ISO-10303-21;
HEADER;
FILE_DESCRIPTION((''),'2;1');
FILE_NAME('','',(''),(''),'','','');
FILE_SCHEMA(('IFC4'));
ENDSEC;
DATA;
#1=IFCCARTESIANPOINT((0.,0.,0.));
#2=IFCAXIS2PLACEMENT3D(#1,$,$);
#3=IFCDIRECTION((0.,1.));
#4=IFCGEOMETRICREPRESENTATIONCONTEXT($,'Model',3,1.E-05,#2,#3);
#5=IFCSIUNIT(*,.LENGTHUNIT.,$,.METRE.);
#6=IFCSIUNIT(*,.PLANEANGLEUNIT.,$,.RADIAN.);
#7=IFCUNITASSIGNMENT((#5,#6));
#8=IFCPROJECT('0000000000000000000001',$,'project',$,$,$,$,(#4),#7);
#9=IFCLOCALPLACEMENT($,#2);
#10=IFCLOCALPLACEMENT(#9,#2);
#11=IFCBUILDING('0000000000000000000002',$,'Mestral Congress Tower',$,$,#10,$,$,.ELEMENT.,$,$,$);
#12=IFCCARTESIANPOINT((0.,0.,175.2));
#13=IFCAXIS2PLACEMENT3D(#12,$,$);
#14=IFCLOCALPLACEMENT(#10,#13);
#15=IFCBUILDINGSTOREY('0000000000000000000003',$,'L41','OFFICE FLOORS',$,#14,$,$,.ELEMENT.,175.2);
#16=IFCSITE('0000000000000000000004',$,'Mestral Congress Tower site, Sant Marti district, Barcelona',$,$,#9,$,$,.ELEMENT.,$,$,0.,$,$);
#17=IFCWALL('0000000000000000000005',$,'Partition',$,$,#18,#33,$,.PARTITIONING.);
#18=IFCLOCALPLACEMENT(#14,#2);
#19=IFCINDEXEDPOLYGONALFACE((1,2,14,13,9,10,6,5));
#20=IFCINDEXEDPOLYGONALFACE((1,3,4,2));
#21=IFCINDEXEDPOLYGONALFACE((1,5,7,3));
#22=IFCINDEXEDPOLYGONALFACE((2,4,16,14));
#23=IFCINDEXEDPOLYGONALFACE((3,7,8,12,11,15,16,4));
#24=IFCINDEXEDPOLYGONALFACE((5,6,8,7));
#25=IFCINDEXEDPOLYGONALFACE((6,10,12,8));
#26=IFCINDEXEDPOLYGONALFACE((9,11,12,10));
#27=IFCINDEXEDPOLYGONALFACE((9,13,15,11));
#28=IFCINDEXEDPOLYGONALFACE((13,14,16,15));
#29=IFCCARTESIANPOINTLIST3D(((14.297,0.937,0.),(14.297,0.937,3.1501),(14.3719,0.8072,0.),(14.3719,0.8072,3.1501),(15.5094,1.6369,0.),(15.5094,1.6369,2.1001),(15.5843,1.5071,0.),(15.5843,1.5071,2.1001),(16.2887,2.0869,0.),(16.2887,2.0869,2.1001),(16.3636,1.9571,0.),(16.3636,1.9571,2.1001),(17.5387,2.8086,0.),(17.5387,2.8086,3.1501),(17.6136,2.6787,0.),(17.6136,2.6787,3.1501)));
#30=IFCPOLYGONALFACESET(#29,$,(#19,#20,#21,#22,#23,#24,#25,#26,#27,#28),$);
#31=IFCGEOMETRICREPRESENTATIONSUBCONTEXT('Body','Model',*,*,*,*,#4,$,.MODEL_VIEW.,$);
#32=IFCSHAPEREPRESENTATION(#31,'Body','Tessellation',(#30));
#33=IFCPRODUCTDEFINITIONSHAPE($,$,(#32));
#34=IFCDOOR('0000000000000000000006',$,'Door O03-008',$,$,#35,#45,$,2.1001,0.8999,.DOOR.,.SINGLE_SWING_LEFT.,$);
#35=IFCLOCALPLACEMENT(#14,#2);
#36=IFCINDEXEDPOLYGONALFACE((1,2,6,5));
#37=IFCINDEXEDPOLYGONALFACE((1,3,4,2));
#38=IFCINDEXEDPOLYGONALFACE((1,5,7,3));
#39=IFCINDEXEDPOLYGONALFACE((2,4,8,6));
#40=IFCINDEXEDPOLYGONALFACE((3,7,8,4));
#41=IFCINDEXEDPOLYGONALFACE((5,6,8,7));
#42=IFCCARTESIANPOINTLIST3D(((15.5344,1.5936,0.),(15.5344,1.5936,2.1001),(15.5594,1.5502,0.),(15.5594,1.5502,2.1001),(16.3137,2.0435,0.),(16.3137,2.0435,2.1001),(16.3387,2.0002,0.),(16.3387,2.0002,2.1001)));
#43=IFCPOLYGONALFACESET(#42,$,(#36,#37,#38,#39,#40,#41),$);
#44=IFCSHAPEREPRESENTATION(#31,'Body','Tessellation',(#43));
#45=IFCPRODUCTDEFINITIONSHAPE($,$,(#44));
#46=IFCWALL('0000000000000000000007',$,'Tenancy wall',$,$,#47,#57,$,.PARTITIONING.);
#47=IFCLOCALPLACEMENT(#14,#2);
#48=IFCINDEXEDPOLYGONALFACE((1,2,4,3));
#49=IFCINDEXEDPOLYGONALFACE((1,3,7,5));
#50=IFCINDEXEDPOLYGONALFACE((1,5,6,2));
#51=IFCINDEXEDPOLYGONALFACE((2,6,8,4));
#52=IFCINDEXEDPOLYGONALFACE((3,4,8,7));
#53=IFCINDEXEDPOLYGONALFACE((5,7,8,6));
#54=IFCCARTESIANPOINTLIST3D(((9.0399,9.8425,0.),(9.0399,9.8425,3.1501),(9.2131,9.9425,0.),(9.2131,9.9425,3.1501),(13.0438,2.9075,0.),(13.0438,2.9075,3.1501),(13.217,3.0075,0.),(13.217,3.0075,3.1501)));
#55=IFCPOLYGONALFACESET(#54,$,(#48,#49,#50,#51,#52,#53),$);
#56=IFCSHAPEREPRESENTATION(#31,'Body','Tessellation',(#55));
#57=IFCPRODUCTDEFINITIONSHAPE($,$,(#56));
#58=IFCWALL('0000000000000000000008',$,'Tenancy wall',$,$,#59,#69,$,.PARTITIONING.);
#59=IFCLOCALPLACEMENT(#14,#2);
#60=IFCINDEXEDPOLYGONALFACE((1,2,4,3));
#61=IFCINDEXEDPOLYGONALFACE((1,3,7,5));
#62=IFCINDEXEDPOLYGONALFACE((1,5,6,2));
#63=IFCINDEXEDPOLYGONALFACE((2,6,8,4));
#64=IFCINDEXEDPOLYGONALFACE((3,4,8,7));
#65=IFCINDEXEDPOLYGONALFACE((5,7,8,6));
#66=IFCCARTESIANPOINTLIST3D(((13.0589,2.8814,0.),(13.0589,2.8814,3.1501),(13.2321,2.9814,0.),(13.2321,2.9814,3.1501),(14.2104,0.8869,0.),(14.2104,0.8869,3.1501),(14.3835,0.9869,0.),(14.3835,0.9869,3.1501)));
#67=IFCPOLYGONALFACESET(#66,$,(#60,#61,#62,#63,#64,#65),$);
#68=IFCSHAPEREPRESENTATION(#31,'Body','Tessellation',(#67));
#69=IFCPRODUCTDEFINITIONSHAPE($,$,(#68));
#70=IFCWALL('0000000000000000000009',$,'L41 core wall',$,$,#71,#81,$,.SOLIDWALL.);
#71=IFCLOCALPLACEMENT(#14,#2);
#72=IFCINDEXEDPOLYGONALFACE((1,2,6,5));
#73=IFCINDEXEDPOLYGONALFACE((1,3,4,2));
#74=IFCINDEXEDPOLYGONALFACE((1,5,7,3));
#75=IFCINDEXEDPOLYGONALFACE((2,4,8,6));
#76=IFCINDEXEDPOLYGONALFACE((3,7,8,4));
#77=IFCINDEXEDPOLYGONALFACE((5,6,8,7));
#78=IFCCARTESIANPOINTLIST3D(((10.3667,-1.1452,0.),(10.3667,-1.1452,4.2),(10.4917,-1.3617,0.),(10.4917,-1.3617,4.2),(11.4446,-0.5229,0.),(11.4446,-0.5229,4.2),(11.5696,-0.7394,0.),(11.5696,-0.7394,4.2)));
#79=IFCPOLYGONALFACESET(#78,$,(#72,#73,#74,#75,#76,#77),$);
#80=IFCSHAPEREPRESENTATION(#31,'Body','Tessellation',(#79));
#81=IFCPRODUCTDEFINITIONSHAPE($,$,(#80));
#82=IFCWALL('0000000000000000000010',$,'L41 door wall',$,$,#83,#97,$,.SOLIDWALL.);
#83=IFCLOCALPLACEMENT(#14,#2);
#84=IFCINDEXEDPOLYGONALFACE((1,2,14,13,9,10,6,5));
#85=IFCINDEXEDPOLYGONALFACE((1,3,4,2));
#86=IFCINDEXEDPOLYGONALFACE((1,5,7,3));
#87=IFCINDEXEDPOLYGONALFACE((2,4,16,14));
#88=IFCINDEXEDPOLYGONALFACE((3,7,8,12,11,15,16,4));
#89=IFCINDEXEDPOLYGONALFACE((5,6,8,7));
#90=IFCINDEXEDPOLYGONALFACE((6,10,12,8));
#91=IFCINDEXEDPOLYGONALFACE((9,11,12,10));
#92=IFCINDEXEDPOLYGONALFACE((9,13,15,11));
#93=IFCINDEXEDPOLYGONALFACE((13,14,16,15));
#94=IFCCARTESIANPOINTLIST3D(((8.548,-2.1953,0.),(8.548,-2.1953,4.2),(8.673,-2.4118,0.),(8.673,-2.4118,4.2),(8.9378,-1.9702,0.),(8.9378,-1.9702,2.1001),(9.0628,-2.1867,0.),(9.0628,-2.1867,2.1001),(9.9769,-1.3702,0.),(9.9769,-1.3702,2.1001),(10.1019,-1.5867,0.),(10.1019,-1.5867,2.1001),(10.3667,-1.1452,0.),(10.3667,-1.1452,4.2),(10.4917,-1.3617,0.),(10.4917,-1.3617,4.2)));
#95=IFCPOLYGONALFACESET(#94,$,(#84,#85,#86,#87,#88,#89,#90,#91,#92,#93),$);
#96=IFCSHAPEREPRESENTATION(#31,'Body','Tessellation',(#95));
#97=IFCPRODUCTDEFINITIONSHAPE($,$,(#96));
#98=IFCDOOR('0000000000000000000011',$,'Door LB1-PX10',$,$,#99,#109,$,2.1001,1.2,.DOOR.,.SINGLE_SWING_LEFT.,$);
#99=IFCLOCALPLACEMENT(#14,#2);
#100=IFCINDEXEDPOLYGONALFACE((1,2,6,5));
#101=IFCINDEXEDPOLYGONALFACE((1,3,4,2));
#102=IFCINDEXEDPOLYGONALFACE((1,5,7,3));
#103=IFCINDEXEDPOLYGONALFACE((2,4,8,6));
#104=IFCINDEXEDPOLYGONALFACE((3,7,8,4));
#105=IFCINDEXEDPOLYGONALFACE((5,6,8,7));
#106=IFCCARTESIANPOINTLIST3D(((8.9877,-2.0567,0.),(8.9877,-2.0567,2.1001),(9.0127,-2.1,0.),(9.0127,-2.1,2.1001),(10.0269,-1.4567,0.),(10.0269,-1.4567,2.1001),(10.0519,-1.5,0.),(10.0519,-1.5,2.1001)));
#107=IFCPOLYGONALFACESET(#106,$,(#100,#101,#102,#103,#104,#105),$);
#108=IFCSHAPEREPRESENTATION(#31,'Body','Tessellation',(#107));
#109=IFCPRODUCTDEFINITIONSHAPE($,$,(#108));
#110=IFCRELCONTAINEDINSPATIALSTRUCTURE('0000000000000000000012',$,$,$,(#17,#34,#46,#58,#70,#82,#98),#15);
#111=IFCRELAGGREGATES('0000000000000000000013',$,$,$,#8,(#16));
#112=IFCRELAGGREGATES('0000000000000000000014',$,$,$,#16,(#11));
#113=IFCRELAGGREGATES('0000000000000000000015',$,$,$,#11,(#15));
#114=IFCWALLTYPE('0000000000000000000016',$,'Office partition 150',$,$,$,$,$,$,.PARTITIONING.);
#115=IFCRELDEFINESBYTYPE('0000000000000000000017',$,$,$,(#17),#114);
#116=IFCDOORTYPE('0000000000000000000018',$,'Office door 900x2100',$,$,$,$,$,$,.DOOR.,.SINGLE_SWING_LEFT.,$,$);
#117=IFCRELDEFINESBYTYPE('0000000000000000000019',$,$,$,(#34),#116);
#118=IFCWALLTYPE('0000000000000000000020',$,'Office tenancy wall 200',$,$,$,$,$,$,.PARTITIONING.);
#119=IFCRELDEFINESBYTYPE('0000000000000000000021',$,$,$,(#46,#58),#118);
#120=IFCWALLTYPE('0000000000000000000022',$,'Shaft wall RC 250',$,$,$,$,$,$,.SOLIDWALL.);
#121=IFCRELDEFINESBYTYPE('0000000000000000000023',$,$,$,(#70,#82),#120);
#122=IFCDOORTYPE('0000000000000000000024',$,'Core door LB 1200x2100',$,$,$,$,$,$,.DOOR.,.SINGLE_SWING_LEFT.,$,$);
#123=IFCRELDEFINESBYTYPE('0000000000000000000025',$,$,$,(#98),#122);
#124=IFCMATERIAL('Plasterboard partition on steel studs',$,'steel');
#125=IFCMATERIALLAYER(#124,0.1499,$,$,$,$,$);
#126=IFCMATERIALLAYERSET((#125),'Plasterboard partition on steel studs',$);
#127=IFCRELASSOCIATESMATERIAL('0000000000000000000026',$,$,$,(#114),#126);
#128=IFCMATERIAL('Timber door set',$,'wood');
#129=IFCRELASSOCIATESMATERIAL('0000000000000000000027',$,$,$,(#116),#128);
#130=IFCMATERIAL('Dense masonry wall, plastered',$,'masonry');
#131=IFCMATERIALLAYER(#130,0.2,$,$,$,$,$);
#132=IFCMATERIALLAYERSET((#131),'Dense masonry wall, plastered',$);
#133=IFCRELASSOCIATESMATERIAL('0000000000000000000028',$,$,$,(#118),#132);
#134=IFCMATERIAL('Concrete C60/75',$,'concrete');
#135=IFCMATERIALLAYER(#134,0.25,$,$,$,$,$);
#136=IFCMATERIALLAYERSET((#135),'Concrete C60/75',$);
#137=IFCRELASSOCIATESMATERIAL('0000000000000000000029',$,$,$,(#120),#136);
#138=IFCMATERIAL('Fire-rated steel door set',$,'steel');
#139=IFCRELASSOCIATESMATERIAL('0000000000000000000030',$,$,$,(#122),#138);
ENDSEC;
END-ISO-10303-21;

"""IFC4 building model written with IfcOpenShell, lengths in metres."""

from ifc_helpers import new_model, si_unit, direction, frame, frame_2d, origin, place, context, subcontext, project, spatial, rectangle, extrude, material, layer, layer_set, type_object, element, fill, save


model = new_model("IFC4")

# Units and contexts
model_context = context("Model", 3, precision=1e-05, world=origin(), true_north=direction((0.0, 1.0)))
body_context = subcontext(model_context, "Body", "Model", "MODEL_VIEW")
ifc_project = project(units=[si_unit("LENGTHUNIT", "METRE"), si_unit("PLANEANGLEUNIT", "RADIAN")], contexts=[model_context])

# Site, building, storey
site_placement = place(None, origin())
site = spatial("IfcSite", under=ifc_project, at=site_placement, Name="Mestral Congress Tower site, Sant Marti district, Barcelona", CompositionType="ELEMENT", RefElevation=0.0)
building_placement = place(site_placement, origin())
building = spatial("IfcBuilding", under=site, at=building_placement, Name="Mestral Congress Tower", CompositionType="ELEMENT")
storey_placement = place(building_placement, frame((0.0, 0.0, 175.2)))
storey = spatial("IfcBuildingStorey", under=building, at=storey_placement, Name="L41", Description="OFFICE FLOORS", CompositionType="ELEMENT", Elevation=175.2)

# Shared definitions
ifc_material_1 = material(Name="Concrete C60/75", Category="concrete")

# Shared definitions
ifc_material_2 = material(Name="Fire-rated steel door set", Category="steel")

# Shared definitions
ifc_material_3 = material(Name="Plasterboard partition on steel studs", Category="steel")
ifc_layer_1 = layer(ifc_material_3, 0.1499)
ifc_layer_set_1 = layer_set([ifc_layer_1], Name="Plasterboard partition on steel studs")
wall_type_1 = type_object("IfcWallType", Name="Office partition 150", PredefinedType="PARTITIONING", material=ifc_layer_set_1)
ifc_material_4 = material(Name="Timber door set", Category="wood")
door_type_1 = type_object("IfcDoorType", Name="Office door 900x2100", OperationType="SINGLE_SWING_LEFT", PredefinedType="DOOR", material=ifc_material_4)

# Wall, opening, door
wall_1_placement = place(storey_placement, frame((14.3345, 0.8721, 0.0), z_axis=(0.0, 0.0, 1.0), x_axis=(0.866027, 0.499997, 0.0)))
wall_1 = element("IfcWall", 1, at=wall_1_placement, inside=storey, type_object=wall_type_1, Name="Partition", PredefinedType="PARTITIONING", context=body_context, shape_type="SweptSolid", body=[
    extrude(rectangle(XDim=3.7432, YDim=0.1499, at=frame_2d((1.8716, 0.0))), origin(), (0.0, 0.0, 1.0), 3.1501),
])
opening_1_placement = place(wall_1_placement, frame((1.3999, 0.0, 0.0)))
opening_1 = element("IfcOpeningElement", 2, at=opening_1_placement, cuts=wall_1, PredefinedType="OPENING", context=body_context, shape_type="SweptSolid", body=[
    extrude(rectangle(XDim=0.8999, YDim=2.1001, at=frame_2d((0.45, 1.05))), frame((0.0, 0.085, 0.0), z_axis=(0.0, -1.0, 0.0), x_axis=(1.0, 0.0, 0.0)), (0.0, 0.0, 1.0), 0.1699),
])
door_1_placement = place(opening_1_placement, origin())
door_1 = element("IfcDoor", 3, at=door_1_placement, inside=storey, type_object=door_type_1, Name="Door O03-008", OperationType="SINGLE_SWING_LEFT", OverallHeight=2.1001, OverallWidth=0.8999, PredefinedType="DOOR", context=body_context, shape_type="SweptSolid", body=[
    extrude(rectangle(XDim=0.8999, YDim=2.1001, at=frame_2d((0.45, 1.05))), frame((0.0, 0.0249, 0.0), z_axis=(0.0, -1.0, 0.0), x_axis=(1.0, 0.0, 0.0)), (0.0, 0.0, 1.0), 0.05),
])
fill(opening_1, door_1)

# Walls
ifc_material_5 = material(Name="Dense masonry wall, plastered", Category="masonry")
ifc_layer_2 = layer(ifc_material_5, 0.2)
ifc_layer_set_2 = layer_set([ifc_layer_2], Name="Dense masonry wall, plastered")
wall_type_2 = type_object("IfcWallType", Name="Office tenancy wall 200", PredefinedType="PARTITIONING", material=ifc_layer_set_2)
wall_2_placement = place(storey_placement, frame((13.1304, 2.9575, 0.0), z_axis=(0.0, 0.0, 1.0), x_axis=(-0.499995, 0.866028, 0.0)))
element("IfcWall", 4, at=wall_2_placement, inside=storey, type_object=wall_type_2, Name="Tenancy wall", PredefinedType="PARTITIONING", context=body_context, shape_type="SweptSolid", body=[
    extrude(rectangle(XDim=8.0078, YDim=0.2, at=frame_2d((4.0039, 0.0))), origin(), (0.0, 0.0, 1.0), 3.1501),
])
wall_3_placement = place(storey_placement, frame((14.2969, 0.937, 0.0), z_axis=(0.0, 0.0, 1.0), x_axis=(-0.49997, 0.866043, 0.0)))
element("IfcWall", 5, at=wall_3_placement, inside=storey, type_object=wall_type_2, Name="Tenancy wall", PredefinedType="PARTITIONING", context=body_context, shape_type="SweptSolid", body=[
    extrude(rectangle(XDim=2.303, YDim=0.2, at=frame_2d((1.1514, 0.0))), origin(), (0.0, 0.0, 1.0), 3.1501),
])
ifc_layer_3 = layer(ifc_material_1, 0.25)
ifc_layer_set_3 = layer_set([ifc_layer_3], Name="Concrete C60/75")
wall_type_3 = type_object("IfcWallType", Name="Shaft wall RC 250", PredefinedType="SOLIDWALL", material=ifc_layer_set_3)
wall_4_placement = place(storey_placement, frame((11.5071, -0.6311, 0.0), z_axis=(0.0, 0.0, 1.0), x_axis=(-0.866026, -0.5, 0.0)))
element("IfcWall", 6, at=wall_4_placement, inside=storey, type_object=wall_type_3, Name="L41 core wall", PredefinedType="SOLIDWALL", context=body_context, shape_type="SweptSolid", body=[
    extrude(rectangle(XDim=1.2446, YDim=0.25, at=frame_2d((0.6223, 0.0))), origin(), (0.0, 0.0, 1.0), 4.2),
])

# Wall, opening, door
wall_5_placement = place(storey_placement, frame((10.4292, -1.2534, 0.0), z_axis=(0.0, 0.0, 1.0), x_axis=(-0.866009, -0.500028, 0.0)))
wall_5 = element("IfcWall", 7, at=wall_5_placement, inside=storey, type_object=wall_type_3, Name="L41 door wall", PredefinedType="SOLIDWALL", context=body_context, shape_type="SweptSolid", body=[
    extrude(rectangle(XDim=2.1001, YDim=0.25, at=frame_2d((1.05, 0.0))), origin(), (0.0, 0.0, 1.0), 4.2),
])
opening_2_placement = place(wall_5_placement, frame((0.45, 0.0, 0.0)))
opening_2 = element("IfcOpeningElement", 8, at=opening_2_placement, cuts=wall_5, PredefinedType="OPENING", context=body_context, shape_type="SweptSolid", body=[
    extrude(rectangle(XDim=1.2, YDim=2.1001, at=frame_2d((0.6001, 1.05))), frame((0.0, 0.135, 0.0), z_axis=(0.0, -1.0, 0.0), x_axis=(1.0, 0.0, 0.0)), (0.0, 0.0, 1.0), 0.27),
])
door_type_2 = type_object("IfcDoorType", Name="Core door LB 1200x2100", OperationType="SINGLE_SWING_LEFT", PredefinedType="DOOR", material=ifc_material_2)
door_2_placement = place(opening_2_placement, origin())
door_2 = element("IfcDoor", 9, at=door_2_placement, inside=storey, type_object=door_type_2, Name="Door LB1-PX10", OperationType="SINGLE_SWING_LEFT", OverallHeight=2.1001, OverallWidth=1.2, PredefinedType="DOOR", context=body_context, shape_type="SweptSolid", body=[
    extrude(rectangle(XDim=1.2, YDim=2.1001, at=frame_2d((0.6001, 1.05))), frame((0.0, 0.0249, 0.0), z_axis=(0.0, -1.0, 0.0), x_axis=(1.0, 0.0, 0.0)), (0.0, 0.0, 1.0), 0.05),
])
fill(opening_2, door_2)

save(model, "model.ifc")
